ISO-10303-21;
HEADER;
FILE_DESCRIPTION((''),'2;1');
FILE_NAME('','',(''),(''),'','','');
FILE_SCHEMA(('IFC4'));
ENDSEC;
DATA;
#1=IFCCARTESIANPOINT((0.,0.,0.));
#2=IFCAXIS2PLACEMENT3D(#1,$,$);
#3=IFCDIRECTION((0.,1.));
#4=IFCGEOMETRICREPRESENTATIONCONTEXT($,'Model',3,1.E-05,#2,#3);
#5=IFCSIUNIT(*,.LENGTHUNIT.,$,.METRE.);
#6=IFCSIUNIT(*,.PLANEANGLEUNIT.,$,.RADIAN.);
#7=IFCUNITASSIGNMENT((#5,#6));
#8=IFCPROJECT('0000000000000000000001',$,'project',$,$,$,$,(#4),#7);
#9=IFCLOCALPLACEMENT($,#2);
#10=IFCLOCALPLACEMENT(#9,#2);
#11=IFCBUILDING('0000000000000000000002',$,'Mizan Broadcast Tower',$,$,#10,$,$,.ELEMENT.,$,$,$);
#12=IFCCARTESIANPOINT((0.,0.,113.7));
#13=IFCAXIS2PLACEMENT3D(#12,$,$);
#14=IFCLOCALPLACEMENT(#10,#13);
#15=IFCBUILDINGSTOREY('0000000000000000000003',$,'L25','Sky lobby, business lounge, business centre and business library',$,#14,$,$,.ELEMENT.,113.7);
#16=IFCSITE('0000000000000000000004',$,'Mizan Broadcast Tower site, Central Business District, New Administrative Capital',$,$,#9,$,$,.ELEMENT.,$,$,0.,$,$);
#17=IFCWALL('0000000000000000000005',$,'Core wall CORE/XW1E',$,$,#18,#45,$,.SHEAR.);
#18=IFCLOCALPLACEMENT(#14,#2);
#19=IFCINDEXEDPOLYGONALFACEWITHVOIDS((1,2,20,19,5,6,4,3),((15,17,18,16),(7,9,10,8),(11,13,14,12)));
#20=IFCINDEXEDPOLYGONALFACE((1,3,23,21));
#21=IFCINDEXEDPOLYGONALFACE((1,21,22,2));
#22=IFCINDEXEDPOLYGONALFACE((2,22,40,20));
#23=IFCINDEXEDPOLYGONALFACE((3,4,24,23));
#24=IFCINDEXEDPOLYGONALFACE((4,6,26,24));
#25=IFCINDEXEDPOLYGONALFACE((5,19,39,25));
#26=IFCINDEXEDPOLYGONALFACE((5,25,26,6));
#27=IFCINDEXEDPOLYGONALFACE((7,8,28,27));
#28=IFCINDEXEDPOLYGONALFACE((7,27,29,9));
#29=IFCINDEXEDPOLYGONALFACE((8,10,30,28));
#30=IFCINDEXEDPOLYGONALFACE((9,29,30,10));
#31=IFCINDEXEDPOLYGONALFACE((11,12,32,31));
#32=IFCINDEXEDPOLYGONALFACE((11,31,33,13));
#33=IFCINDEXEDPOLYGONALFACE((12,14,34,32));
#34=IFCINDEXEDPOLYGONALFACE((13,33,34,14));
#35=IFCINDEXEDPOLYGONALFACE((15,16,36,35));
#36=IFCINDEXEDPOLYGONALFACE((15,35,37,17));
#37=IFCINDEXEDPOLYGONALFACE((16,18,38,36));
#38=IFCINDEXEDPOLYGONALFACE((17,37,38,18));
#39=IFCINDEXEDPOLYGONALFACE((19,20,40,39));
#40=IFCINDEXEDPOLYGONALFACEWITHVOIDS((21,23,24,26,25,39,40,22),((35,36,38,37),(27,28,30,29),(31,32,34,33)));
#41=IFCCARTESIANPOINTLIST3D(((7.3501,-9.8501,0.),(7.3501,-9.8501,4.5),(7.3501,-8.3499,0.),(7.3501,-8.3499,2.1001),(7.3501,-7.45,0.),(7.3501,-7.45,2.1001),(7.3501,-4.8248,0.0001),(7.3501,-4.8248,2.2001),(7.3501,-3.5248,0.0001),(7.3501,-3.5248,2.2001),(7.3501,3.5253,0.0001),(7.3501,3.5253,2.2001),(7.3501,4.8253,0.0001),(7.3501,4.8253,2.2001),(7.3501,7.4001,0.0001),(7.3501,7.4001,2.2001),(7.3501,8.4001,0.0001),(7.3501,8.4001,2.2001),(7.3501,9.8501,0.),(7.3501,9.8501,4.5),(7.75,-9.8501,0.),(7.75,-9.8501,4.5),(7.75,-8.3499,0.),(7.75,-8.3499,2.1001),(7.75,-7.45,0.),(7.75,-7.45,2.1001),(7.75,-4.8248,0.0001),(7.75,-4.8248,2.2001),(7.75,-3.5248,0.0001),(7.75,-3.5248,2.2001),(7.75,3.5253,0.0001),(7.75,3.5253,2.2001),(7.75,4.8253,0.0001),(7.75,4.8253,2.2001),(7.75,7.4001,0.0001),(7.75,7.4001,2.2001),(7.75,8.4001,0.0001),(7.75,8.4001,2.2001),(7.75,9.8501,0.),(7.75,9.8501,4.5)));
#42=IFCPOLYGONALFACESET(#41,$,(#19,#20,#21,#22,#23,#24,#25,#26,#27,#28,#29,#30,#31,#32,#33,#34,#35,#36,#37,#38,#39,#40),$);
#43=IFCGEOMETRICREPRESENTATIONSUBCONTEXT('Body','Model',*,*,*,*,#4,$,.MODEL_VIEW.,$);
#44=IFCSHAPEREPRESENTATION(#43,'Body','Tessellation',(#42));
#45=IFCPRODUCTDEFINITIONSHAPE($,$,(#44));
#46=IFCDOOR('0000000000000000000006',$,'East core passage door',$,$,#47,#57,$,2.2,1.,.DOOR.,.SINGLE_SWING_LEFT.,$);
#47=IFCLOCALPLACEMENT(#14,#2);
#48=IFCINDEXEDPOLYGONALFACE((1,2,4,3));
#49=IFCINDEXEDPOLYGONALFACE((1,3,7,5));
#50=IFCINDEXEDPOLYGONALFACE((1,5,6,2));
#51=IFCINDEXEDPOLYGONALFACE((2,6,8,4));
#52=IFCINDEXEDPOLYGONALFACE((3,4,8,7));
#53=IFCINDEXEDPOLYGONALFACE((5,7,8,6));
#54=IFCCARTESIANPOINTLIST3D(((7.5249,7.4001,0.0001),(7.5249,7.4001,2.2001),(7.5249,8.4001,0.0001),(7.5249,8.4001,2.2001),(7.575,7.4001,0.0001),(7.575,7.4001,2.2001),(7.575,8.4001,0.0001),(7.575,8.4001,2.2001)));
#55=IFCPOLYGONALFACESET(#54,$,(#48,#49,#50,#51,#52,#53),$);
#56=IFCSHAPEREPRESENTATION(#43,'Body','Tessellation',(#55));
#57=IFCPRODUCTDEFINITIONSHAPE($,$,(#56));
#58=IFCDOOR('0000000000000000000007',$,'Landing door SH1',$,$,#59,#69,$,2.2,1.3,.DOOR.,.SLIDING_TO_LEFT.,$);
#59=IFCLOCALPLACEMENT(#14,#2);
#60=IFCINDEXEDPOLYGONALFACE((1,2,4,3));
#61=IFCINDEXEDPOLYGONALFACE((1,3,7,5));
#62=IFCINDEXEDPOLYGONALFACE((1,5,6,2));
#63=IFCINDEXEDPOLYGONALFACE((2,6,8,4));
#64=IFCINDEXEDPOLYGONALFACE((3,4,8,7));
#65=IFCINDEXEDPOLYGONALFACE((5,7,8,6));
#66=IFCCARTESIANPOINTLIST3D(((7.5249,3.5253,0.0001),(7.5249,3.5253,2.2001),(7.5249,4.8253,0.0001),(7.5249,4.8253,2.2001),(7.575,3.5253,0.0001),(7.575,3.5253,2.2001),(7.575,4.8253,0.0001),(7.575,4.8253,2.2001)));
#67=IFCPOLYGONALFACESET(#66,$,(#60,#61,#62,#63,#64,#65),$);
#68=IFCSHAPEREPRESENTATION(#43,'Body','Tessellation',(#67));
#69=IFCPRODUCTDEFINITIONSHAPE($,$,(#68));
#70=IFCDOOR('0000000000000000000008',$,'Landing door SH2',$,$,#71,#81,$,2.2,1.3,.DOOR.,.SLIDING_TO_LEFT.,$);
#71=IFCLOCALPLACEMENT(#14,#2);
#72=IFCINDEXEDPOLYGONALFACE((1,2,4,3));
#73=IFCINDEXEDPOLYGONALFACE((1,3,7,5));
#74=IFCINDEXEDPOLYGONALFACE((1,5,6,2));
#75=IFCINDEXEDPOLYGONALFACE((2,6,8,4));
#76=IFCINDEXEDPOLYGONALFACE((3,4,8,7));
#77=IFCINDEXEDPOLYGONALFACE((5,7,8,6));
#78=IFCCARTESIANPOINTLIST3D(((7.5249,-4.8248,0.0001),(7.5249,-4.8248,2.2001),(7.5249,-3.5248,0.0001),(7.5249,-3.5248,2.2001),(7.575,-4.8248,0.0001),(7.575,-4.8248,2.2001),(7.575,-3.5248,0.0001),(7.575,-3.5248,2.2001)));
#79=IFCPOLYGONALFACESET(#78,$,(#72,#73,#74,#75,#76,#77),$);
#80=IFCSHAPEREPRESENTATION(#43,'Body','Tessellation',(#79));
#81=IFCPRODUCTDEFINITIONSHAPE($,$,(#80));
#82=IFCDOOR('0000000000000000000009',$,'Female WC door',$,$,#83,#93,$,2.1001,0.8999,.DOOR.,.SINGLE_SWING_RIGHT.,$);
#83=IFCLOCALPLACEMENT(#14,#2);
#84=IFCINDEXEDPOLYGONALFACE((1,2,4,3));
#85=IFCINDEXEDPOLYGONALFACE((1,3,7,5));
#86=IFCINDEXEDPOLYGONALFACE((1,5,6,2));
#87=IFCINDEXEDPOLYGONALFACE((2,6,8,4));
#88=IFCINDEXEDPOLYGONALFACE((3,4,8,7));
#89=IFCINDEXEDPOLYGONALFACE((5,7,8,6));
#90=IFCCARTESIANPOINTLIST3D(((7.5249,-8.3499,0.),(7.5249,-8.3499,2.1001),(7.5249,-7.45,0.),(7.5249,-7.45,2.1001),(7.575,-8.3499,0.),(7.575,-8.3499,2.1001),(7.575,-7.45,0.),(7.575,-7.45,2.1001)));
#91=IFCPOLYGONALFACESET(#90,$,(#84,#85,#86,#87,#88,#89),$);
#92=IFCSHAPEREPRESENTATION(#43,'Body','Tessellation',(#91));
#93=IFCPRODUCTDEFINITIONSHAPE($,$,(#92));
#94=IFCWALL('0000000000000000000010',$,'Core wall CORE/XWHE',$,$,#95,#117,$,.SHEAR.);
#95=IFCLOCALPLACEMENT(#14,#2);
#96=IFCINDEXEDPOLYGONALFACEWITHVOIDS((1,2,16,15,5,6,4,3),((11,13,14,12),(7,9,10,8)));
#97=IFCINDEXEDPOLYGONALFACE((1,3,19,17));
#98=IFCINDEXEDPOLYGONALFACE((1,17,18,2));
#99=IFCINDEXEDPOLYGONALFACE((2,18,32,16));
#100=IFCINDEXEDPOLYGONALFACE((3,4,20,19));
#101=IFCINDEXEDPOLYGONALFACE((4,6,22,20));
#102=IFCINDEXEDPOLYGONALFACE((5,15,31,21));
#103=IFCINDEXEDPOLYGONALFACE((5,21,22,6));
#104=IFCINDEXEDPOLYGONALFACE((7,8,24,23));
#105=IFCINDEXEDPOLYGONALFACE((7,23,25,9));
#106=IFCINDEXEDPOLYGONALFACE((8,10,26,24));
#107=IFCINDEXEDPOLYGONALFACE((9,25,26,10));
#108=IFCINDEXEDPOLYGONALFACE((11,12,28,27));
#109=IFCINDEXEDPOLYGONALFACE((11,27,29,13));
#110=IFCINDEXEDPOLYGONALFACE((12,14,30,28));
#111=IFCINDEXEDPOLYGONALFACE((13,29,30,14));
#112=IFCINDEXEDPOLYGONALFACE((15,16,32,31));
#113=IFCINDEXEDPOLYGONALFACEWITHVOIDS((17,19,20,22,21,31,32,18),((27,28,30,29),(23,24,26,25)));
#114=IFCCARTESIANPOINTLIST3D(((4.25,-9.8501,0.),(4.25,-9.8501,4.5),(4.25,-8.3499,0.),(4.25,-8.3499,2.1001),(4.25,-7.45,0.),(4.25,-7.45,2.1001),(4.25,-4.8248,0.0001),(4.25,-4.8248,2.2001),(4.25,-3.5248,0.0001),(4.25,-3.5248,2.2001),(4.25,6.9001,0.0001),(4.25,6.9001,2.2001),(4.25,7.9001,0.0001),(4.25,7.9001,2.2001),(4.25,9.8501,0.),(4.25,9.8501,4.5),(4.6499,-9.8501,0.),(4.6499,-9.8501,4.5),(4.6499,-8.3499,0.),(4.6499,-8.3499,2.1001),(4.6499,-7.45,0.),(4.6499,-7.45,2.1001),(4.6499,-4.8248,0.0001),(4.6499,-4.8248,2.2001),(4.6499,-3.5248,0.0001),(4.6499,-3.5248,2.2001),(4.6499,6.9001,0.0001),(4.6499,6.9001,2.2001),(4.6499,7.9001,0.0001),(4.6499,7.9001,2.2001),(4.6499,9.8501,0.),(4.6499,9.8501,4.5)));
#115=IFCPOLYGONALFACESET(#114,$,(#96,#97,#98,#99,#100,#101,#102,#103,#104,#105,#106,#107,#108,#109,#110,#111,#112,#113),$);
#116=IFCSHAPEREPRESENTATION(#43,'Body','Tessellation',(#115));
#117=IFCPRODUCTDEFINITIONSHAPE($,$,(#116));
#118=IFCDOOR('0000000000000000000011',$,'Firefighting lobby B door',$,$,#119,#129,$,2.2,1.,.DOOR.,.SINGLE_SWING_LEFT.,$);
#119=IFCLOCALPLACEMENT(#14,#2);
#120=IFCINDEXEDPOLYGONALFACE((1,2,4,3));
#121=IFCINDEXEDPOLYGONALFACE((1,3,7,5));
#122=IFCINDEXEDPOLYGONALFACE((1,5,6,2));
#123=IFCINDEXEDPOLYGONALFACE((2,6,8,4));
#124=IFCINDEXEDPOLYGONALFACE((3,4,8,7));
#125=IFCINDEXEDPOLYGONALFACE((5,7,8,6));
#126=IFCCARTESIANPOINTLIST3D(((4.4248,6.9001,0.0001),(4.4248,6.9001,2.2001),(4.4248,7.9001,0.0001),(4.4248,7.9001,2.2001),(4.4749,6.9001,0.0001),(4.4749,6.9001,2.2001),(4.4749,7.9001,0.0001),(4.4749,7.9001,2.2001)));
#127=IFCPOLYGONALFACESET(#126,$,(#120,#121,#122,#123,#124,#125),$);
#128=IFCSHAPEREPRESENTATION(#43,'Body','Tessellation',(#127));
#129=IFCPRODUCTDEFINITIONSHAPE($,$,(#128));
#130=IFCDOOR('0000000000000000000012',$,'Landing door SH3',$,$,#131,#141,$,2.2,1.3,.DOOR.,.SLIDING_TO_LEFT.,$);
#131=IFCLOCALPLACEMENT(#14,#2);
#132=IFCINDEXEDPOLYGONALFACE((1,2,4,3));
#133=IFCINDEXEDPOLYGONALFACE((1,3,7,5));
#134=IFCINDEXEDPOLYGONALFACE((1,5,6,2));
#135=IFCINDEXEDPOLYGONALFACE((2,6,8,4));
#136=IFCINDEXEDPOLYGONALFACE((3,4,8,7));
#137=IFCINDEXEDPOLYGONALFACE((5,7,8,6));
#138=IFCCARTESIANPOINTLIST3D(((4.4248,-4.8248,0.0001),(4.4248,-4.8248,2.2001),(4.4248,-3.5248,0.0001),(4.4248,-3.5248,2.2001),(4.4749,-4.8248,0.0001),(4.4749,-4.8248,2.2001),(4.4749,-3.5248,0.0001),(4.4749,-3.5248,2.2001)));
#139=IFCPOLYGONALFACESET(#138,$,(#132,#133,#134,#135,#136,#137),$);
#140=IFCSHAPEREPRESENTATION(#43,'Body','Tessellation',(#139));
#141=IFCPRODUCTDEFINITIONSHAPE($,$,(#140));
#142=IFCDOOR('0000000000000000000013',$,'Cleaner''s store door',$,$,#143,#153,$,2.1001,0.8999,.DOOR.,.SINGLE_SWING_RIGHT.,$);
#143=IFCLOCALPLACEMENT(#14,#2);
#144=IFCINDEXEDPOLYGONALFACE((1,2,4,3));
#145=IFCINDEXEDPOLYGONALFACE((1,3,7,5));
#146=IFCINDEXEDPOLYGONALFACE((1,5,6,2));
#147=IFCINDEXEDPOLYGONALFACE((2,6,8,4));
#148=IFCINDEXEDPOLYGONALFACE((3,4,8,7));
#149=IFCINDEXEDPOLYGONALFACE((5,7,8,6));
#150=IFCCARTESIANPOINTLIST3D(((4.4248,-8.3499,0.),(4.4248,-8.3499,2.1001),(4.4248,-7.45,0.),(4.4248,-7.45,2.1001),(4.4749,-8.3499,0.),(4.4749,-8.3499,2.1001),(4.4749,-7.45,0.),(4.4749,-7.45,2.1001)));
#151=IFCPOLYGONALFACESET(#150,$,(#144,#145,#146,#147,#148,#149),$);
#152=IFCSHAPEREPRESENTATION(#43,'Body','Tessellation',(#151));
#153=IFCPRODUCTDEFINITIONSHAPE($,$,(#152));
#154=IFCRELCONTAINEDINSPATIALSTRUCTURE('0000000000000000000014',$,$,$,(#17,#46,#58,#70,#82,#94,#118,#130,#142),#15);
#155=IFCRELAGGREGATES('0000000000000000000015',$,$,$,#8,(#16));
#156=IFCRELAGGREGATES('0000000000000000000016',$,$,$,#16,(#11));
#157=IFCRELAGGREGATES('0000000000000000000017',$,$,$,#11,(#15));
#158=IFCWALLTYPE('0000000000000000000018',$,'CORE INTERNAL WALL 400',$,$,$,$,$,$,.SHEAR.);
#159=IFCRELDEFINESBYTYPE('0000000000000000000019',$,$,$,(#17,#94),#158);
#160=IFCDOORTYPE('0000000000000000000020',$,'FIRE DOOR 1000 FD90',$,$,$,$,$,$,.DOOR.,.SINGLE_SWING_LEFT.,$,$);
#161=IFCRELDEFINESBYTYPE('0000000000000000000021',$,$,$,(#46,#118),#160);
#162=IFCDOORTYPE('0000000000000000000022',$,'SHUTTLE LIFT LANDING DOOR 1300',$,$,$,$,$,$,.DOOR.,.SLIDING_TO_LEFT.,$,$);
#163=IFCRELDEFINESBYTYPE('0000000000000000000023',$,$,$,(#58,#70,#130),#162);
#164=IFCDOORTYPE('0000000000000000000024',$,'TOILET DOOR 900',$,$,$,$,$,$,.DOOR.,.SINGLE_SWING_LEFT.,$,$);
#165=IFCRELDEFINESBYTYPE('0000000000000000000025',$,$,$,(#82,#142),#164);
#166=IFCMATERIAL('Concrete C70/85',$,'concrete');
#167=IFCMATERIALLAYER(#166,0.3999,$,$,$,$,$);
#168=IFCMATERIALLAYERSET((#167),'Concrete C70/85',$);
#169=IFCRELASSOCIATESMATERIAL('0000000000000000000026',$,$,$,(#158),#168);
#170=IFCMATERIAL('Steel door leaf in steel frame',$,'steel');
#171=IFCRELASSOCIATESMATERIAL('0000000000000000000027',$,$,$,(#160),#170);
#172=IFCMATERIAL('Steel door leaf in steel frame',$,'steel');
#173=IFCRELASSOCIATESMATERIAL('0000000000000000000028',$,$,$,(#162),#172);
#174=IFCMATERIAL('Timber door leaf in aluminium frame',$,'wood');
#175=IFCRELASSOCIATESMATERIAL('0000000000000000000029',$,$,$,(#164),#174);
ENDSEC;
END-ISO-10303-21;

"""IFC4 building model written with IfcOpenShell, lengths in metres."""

from ifc_helpers import new_model, si_unit, direction, frame, frame_2d, origin, place, context, subcontext, project, spatial, rectangle, extrude, material, layer, layer_set, type_object, element, fill, save


model = new_model("IFC4")

# Units and contexts
model_context = context("Model", 3, precision=1e-05, world=origin(), true_north=direction((0.0, 1.0)))
body_context = subcontext(model_context, "Body", "Model", "MODEL_VIEW")
ifc_project = project(units=[si_unit("LENGTHUNIT", "METRE"), si_unit("PLANEANGLEUNIT", "RADIAN")], contexts=[model_context])

# Site, building, storey
site_placement = place(None, origin())
site = spatial("IfcSite", under=ifc_project, at=site_placement, Name="Mizan Broadcast Tower site, Central Business District, New Administrative Capital", CompositionType="ELEMENT", RefElevation=0.0)
building_placement = place(site_placement, origin())
building = spatial("IfcBuilding", under=site, at=building_placement, Name="Mizan Broadcast Tower", CompositionType="ELEMENT")
storey_placement = place(building_placement, frame((0.0, 0.0, 113.7)))
storey = spatial("IfcBuildingStorey", under=building, at=storey_placement, Name="L25", Description="Sky lobby, business lounge, business centre and business library", CompositionType="ELEMENT", Elevation=113.7)

# Walls, openings, doors
ifc_material_1 = material(Name="Concrete C70/85", Category="concrete")
ifc_layer_1 = layer(ifc_material_1, 0.3999)
ifc_layer_set_1 = layer_set([ifc_layer_1], Name="Concrete C70/85")
wall_type_1 = type_object("IfcWallType", Name="CORE INTERNAL WALL 400", PredefinedType="SHEAR", material=ifc_layer_set_1)
wall_1_placement = place(storey_placement, frame((7.55, 9.8501, 0.0), z_axis=(0.0, 0.0, 1.0), x_axis=(0.0, -1.0, 0.0)))
wall_1 = element("IfcWall", 1, at=wall_1_placement, inside=storey, type_object=wall_type_1, Name="Core wall CORE/XW1E", PredefinedType="SHEAR", context=body_context, shape_type="SweptSolid", body=[
    extrude(rectangle(XDim=19.7002, YDim=0.3999, at=frame_2d((9.8501, 0.0))), origin(), (0.0, 0.0, 1.0), 4.5),
])
opening_1_placement = place(wall_1_placement, frame((1.45, 0.0, 0.0)))
opening_1 = element("IfcOpeningElement", 2, at=opening_1_placement, cuts=wall_1, PredefinedType="OPENING", context=body_context, shape_type="SweptSolid", body=[
    extrude(rectangle(XDim=1.0, YDim=2.2, at=frame_2d((0.5, 1.1001))), frame((0.0, 0.21, 0.0), z_axis=(0.0, -1.0, 0.0), x_axis=(1.0, 0.0, 0.0)), (0.0, 0.0, 1.0), 0.4199),
])
opening_2_placement = place(wall_1_placement, frame((17.3, 0.0, 0.0)))
opening_2 = element("IfcOpeningElement", 3, at=opening_2_placement, cuts=wall_1, PredefinedType="OPENING", context=body_context, shape_type="SweptSolid", body=[
    extrude(rectangle(XDim=0.8999, YDim=2.1001, at=frame_2d((0.45, 1.05))), frame((0.0, 0.21, 0.0), z_axis=(0.0, -1.0, 0.0), x_axis=(1.0, 0.0, 0.0)), (0.0, 0.0, 1.0), 0.4199),
])
opening_3_placement = place(wall_1_placement, frame((5.0249, 0.0, 0.0)))
opening_3 = element("IfcOpeningElement", 4, at=opening_3_placement, cuts=wall_1, PredefinedType="OPENING", context=body_context, shape_type="SweptSolid", body=[
    extrude(rectangle(XDim=1.3, YDim=2.2, at=frame_2d((0.6499, 1.1001))), frame((0.0, 0.21, 0.0), z_axis=(0.0, -1.0, 0.0), x_axis=(1.0, 0.0, 0.0)), (0.0, 0.0, 1.0), 0.4199),
])
opening_4_placement = place(wall_1_placement, frame((13.375, 0.0, 0.0)))
opening_4 = element("IfcOpeningElement", 5, at=opening_4_placement, cuts=wall_1, PredefinedType="OPENING", context=body_context, shape_type="SweptSolid", body=[
    extrude(rectangle(XDim=1.3, YDim=2.2, at=frame_2d((0.6499, 1.1001))), frame((0.0, 0.21, 0.0), z_axis=(0.0, -1.0, 0.0), x_axis=(1.0, 0.0, 0.0)), (0.0, 0.0, 1.0), 0.4199),
])
ifc_material_2 = material(Name="Steel door leaf in steel frame", Category="steel")
door_type_1 = type_object("IfcDoorType", Name="FIRE DOOR 1000 FD90", OperationType="SINGLE_SWING_LEFT", PredefinedType="DOOR", material=ifc_material_2)
door_1_placement = place(opening_1_placement, origin())
door_1 = element("IfcDoor", 6, at=door_1_placement, inside=storey, type_object=door_type_1, Name="East core passage door", OperationType="SINGLE_SWING_LEFT", OverallHeight=2.2, OverallWidth=1.0, PredefinedType="DOOR", context=body_context, shape_type="SweptSolid", body=[
    extrude(rectangle(XDim=1.0, YDim=2.2, at=frame_2d((0.5, 1.1001))), frame((0.0, 0.0249, 0.0), z_axis=(0.0, -1.0, 0.0), x_axis=(1.0, 0.0, 0.0)), (0.0, 0.0, 1.0), 0.05),
])
fill(opening_1, door_1)
ifc_material_3 = material(Name="Steel door leaf in steel frame", Category="steel")
door_type_2 = type_object("IfcDoorType", Name="SHUTTLE LIFT LANDING DOOR 1300", OperationType="SLIDING_TO_LEFT", PredefinedType="DOOR", material=ifc_material_3)
door_2_placement = place(opening_3_placement, origin())
door_2 = element("IfcDoor", 7, at=door_2_placement, inside=storey, type_object=door_type_2, Name="Landing door SH1", OperationType="SLIDING_TO_LEFT", OverallHeight=2.2, OverallWidth=1.3, PredefinedType="DOOR", context=body_context, shape_type="SweptSolid", body=[
    extrude(rectangle(XDim=1.3, YDim=2.2, at=frame_2d((0.6499, 1.1001))), frame((0.0, 0.0249, 0.0), z_axis=(0.0, -1.0, 0.0), x_axis=(1.0, 0.0, 0.0)), (0.0, 0.0, 1.0), 0.05),
])
fill(opening_3, door_2)
door_3_placement = place(opening_4_placement, origin())
door_3 = element("IfcDoor", 8, at=door_3_placement, inside=storey, type_object=door_type_2, Name="Landing door SH2", OperationType="SLIDING_TO_LEFT", OverallHeight=2.2, OverallWidth=1.3, PredefinedType="DOOR", context=body_context, shape_type="SweptSolid", body=[
    extrude(rectangle(XDim=1.3, YDim=2.2, at=frame_2d((0.6499, 1.1001))), frame((0.0, 0.0249, 0.0), z_axis=(0.0, -1.0, 0.0), x_axis=(1.0, 0.0, 0.0)), (0.0, 0.0, 1.0), 0.05),
])
fill(opening_4, door_3)
ifc_material_4 = material(Name="Timber door leaf in aluminium frame", Category="wood")
door_type_3 = type_object("IfcDoorType", Name="TOILET DOOR 900", OperationType="SINGLE_SWING_LEFT", PredefinedType="DOOR", material=ifc_material_4)
door_4_placement = place(opening_2_placement, origin())
door_4 = element("IfcDoor", 9, at=door_4_placement, inside=storey, type_object=door_type_3, Name="Female WC door", OperationType="SINGLE_SWING_RIGHT", OverallHeight=2.1001, OverallWidth=0.8999, PredefinedType="DOOR", context=body_context, shape_type="SweptSolid", body=[
    extrude(rectangle(XDim=0.8999, YDim=2.1001, at=frame_2d((0.45, 1.05))), frame((0.0, 0.0249, 0.0), z_axis=(0.0, -1.0, 0.0), x_axis=(1.0, 0.0, 0.0)), (0.0, 0.0, 1.0), 0.05),
])
fill(opening_2, door_4)
wall_2_placement = place(storey_placement, frame((4.45, 9.8501, 0.0), z_axis=(0.0, 0.0, 1.0), x_axis=(0.0, -1.0, 0.0)))
wall_2 = element("IfcWall", 10, at=wall_2_placement, inside=storey, type_object=wall_type_1, Name="Core wall CORE/XWHE", PredefinedType="SHEAR", context=body_context, shape_type="SweptSolid", body=[
    extrude(rectangle(XDim=19.7002, YDim=0.3999, at=frame_2d((9.8501, 0.0))), origin(), (0.0, 0.0, 1.0), 4.5),
])
opening_5_placement = place(wall_2_placement, frame((1.95, 0.0, 0.0)))
opening_5 = element("IfcOpeningElement", 11, at=opening_5_placement, cuts=wall_2, PredefinedType="OPENING", context=body_context, shape_type="SweptSolid", body=[
    extrude(rectangle(XDim=1.0, YDim=2.2, at=frame_2d((0.5, 1.1001))), frame((0.0, 0.21, 0.0), z_axis=(0.0, -1.0, 0.0), x_axis=(1.0, 0.0, 0.0)), (0.0, 0.0, 1.0), 0.4199),
])
opening_6_placement = place(wall_2_placement, frame((17.3, 0.0, 0.0)))
opening_6 = element("IfcOpeningElement", 12, at=opening_6_placement, cuts=wall_2, PredefinedType="OPENING", context=body_context, shape_type="SweptSolid", body=[
    extrude(rectangle(XDim=0.8999, YDim=2.1001, at=frame_2d((0.45, 1.05))), frame((0.0, 0.21, 0.0), z_axis=(0.0, -1.0, 0.0), x_axis=(1.0, 0.0, 0.0)), (0.0, 0.0, 1.0), 0.4199),
])
opening_7_placement = place(wall_2_placement, frame((13.375, 0.0, 0.0)))
opening_7 = element("IfcOpeningElement", 13, at=opening_7_placement, cuts=wall_2, PredefinedType="OPENING", context=body_context, shape_type="SweptSolid", body=[
    extrude(rectangle(XDim=1.3, YDim=2.2, at=frame_2d((0.6499, 1.1001))), frame((0.0, 0.21, 0.0), z_axis=(0.0, -1.0, 0.0), x_axis=(1.0, 0.0, 0.0)), (0.0, 0.0, 1.0), 0.4199),
])
door_5_placement = place(opening_5_placement, origin())
door_5 = element("IfcDoor", 14, at=door_5_placement, inside=storey, type_object=door_type_1, Name="Firefighting lobby B door", OperationType="SINGLE_SWING_LEFT", OverallHeight=2.2, OverallWidth=1.0, PredefinedType="DOOR", context=body_context, shape_type="SweptSolid", body=[
    extrude(rectangle(XDim=1.0, YDim=2.2, at=frame_2d((0.5, 1.1001))), frame((0.0, 0.0249, 0.0), z_axis=(0.0, -1.0, 0.0), x_axis=(1.0, 0.0, 0.0)), (0.0, 0.0, 1.0), 0.05),
])
fill(opening_5, door_5)
door_6_placement = place(opening_7_placement, origin())
door_6 = element("IfcDoor", 15, at=door_6_placement, inside=storey, type_object=door_type_2, Name="Landing door SH3", OperationType="SLIDING_TO_LEFT", OverallHeight=2.2, OverallWidth=1.3, PredefinedType="DOOR", context=body_context, shape_type="SweptSolid", body=[
    extrude(rectangle(XDim=1.3, YDim=2.2, at=frame_2d((0.6499, 1.1001))), frame((0.0, 0.0249, 0.0), z_axis=(0.0, -1.0, 0.0), x_axis=(1.0, 0.0, 0.0)), (0.0, 0.0, 1.0), 0.05),
])
fill(opening_7, door_6)
door_7_placement = place(opening_6_placement, origin())
door_7 = element("IfcDoor", 16, at=door_7_placement, inside=storey, type_object=door_type_3, Name="Cleaner's store door", OperationType="SINGLE_SWING_RIGHT", OverallHeight=2.1001, OverallWidth=0.8999, PredefinedType="DOOR", context=body_context, shape_type="SweptSolid", body=[
    extrude(rectangle(XDim=0.8999, YDim=2.1001, at=frame_2d((0.45, 1.05))), frame((0.0, 0.0249, 0.0), z_axis=(0.0, -1.0, 0.0), x_axis=(1.0, 0.0, 0.0)), (0.0, 0.0, 1.0), 0.05),
])
fill(opening_6, door_7)

save(model, "model.ifc")
